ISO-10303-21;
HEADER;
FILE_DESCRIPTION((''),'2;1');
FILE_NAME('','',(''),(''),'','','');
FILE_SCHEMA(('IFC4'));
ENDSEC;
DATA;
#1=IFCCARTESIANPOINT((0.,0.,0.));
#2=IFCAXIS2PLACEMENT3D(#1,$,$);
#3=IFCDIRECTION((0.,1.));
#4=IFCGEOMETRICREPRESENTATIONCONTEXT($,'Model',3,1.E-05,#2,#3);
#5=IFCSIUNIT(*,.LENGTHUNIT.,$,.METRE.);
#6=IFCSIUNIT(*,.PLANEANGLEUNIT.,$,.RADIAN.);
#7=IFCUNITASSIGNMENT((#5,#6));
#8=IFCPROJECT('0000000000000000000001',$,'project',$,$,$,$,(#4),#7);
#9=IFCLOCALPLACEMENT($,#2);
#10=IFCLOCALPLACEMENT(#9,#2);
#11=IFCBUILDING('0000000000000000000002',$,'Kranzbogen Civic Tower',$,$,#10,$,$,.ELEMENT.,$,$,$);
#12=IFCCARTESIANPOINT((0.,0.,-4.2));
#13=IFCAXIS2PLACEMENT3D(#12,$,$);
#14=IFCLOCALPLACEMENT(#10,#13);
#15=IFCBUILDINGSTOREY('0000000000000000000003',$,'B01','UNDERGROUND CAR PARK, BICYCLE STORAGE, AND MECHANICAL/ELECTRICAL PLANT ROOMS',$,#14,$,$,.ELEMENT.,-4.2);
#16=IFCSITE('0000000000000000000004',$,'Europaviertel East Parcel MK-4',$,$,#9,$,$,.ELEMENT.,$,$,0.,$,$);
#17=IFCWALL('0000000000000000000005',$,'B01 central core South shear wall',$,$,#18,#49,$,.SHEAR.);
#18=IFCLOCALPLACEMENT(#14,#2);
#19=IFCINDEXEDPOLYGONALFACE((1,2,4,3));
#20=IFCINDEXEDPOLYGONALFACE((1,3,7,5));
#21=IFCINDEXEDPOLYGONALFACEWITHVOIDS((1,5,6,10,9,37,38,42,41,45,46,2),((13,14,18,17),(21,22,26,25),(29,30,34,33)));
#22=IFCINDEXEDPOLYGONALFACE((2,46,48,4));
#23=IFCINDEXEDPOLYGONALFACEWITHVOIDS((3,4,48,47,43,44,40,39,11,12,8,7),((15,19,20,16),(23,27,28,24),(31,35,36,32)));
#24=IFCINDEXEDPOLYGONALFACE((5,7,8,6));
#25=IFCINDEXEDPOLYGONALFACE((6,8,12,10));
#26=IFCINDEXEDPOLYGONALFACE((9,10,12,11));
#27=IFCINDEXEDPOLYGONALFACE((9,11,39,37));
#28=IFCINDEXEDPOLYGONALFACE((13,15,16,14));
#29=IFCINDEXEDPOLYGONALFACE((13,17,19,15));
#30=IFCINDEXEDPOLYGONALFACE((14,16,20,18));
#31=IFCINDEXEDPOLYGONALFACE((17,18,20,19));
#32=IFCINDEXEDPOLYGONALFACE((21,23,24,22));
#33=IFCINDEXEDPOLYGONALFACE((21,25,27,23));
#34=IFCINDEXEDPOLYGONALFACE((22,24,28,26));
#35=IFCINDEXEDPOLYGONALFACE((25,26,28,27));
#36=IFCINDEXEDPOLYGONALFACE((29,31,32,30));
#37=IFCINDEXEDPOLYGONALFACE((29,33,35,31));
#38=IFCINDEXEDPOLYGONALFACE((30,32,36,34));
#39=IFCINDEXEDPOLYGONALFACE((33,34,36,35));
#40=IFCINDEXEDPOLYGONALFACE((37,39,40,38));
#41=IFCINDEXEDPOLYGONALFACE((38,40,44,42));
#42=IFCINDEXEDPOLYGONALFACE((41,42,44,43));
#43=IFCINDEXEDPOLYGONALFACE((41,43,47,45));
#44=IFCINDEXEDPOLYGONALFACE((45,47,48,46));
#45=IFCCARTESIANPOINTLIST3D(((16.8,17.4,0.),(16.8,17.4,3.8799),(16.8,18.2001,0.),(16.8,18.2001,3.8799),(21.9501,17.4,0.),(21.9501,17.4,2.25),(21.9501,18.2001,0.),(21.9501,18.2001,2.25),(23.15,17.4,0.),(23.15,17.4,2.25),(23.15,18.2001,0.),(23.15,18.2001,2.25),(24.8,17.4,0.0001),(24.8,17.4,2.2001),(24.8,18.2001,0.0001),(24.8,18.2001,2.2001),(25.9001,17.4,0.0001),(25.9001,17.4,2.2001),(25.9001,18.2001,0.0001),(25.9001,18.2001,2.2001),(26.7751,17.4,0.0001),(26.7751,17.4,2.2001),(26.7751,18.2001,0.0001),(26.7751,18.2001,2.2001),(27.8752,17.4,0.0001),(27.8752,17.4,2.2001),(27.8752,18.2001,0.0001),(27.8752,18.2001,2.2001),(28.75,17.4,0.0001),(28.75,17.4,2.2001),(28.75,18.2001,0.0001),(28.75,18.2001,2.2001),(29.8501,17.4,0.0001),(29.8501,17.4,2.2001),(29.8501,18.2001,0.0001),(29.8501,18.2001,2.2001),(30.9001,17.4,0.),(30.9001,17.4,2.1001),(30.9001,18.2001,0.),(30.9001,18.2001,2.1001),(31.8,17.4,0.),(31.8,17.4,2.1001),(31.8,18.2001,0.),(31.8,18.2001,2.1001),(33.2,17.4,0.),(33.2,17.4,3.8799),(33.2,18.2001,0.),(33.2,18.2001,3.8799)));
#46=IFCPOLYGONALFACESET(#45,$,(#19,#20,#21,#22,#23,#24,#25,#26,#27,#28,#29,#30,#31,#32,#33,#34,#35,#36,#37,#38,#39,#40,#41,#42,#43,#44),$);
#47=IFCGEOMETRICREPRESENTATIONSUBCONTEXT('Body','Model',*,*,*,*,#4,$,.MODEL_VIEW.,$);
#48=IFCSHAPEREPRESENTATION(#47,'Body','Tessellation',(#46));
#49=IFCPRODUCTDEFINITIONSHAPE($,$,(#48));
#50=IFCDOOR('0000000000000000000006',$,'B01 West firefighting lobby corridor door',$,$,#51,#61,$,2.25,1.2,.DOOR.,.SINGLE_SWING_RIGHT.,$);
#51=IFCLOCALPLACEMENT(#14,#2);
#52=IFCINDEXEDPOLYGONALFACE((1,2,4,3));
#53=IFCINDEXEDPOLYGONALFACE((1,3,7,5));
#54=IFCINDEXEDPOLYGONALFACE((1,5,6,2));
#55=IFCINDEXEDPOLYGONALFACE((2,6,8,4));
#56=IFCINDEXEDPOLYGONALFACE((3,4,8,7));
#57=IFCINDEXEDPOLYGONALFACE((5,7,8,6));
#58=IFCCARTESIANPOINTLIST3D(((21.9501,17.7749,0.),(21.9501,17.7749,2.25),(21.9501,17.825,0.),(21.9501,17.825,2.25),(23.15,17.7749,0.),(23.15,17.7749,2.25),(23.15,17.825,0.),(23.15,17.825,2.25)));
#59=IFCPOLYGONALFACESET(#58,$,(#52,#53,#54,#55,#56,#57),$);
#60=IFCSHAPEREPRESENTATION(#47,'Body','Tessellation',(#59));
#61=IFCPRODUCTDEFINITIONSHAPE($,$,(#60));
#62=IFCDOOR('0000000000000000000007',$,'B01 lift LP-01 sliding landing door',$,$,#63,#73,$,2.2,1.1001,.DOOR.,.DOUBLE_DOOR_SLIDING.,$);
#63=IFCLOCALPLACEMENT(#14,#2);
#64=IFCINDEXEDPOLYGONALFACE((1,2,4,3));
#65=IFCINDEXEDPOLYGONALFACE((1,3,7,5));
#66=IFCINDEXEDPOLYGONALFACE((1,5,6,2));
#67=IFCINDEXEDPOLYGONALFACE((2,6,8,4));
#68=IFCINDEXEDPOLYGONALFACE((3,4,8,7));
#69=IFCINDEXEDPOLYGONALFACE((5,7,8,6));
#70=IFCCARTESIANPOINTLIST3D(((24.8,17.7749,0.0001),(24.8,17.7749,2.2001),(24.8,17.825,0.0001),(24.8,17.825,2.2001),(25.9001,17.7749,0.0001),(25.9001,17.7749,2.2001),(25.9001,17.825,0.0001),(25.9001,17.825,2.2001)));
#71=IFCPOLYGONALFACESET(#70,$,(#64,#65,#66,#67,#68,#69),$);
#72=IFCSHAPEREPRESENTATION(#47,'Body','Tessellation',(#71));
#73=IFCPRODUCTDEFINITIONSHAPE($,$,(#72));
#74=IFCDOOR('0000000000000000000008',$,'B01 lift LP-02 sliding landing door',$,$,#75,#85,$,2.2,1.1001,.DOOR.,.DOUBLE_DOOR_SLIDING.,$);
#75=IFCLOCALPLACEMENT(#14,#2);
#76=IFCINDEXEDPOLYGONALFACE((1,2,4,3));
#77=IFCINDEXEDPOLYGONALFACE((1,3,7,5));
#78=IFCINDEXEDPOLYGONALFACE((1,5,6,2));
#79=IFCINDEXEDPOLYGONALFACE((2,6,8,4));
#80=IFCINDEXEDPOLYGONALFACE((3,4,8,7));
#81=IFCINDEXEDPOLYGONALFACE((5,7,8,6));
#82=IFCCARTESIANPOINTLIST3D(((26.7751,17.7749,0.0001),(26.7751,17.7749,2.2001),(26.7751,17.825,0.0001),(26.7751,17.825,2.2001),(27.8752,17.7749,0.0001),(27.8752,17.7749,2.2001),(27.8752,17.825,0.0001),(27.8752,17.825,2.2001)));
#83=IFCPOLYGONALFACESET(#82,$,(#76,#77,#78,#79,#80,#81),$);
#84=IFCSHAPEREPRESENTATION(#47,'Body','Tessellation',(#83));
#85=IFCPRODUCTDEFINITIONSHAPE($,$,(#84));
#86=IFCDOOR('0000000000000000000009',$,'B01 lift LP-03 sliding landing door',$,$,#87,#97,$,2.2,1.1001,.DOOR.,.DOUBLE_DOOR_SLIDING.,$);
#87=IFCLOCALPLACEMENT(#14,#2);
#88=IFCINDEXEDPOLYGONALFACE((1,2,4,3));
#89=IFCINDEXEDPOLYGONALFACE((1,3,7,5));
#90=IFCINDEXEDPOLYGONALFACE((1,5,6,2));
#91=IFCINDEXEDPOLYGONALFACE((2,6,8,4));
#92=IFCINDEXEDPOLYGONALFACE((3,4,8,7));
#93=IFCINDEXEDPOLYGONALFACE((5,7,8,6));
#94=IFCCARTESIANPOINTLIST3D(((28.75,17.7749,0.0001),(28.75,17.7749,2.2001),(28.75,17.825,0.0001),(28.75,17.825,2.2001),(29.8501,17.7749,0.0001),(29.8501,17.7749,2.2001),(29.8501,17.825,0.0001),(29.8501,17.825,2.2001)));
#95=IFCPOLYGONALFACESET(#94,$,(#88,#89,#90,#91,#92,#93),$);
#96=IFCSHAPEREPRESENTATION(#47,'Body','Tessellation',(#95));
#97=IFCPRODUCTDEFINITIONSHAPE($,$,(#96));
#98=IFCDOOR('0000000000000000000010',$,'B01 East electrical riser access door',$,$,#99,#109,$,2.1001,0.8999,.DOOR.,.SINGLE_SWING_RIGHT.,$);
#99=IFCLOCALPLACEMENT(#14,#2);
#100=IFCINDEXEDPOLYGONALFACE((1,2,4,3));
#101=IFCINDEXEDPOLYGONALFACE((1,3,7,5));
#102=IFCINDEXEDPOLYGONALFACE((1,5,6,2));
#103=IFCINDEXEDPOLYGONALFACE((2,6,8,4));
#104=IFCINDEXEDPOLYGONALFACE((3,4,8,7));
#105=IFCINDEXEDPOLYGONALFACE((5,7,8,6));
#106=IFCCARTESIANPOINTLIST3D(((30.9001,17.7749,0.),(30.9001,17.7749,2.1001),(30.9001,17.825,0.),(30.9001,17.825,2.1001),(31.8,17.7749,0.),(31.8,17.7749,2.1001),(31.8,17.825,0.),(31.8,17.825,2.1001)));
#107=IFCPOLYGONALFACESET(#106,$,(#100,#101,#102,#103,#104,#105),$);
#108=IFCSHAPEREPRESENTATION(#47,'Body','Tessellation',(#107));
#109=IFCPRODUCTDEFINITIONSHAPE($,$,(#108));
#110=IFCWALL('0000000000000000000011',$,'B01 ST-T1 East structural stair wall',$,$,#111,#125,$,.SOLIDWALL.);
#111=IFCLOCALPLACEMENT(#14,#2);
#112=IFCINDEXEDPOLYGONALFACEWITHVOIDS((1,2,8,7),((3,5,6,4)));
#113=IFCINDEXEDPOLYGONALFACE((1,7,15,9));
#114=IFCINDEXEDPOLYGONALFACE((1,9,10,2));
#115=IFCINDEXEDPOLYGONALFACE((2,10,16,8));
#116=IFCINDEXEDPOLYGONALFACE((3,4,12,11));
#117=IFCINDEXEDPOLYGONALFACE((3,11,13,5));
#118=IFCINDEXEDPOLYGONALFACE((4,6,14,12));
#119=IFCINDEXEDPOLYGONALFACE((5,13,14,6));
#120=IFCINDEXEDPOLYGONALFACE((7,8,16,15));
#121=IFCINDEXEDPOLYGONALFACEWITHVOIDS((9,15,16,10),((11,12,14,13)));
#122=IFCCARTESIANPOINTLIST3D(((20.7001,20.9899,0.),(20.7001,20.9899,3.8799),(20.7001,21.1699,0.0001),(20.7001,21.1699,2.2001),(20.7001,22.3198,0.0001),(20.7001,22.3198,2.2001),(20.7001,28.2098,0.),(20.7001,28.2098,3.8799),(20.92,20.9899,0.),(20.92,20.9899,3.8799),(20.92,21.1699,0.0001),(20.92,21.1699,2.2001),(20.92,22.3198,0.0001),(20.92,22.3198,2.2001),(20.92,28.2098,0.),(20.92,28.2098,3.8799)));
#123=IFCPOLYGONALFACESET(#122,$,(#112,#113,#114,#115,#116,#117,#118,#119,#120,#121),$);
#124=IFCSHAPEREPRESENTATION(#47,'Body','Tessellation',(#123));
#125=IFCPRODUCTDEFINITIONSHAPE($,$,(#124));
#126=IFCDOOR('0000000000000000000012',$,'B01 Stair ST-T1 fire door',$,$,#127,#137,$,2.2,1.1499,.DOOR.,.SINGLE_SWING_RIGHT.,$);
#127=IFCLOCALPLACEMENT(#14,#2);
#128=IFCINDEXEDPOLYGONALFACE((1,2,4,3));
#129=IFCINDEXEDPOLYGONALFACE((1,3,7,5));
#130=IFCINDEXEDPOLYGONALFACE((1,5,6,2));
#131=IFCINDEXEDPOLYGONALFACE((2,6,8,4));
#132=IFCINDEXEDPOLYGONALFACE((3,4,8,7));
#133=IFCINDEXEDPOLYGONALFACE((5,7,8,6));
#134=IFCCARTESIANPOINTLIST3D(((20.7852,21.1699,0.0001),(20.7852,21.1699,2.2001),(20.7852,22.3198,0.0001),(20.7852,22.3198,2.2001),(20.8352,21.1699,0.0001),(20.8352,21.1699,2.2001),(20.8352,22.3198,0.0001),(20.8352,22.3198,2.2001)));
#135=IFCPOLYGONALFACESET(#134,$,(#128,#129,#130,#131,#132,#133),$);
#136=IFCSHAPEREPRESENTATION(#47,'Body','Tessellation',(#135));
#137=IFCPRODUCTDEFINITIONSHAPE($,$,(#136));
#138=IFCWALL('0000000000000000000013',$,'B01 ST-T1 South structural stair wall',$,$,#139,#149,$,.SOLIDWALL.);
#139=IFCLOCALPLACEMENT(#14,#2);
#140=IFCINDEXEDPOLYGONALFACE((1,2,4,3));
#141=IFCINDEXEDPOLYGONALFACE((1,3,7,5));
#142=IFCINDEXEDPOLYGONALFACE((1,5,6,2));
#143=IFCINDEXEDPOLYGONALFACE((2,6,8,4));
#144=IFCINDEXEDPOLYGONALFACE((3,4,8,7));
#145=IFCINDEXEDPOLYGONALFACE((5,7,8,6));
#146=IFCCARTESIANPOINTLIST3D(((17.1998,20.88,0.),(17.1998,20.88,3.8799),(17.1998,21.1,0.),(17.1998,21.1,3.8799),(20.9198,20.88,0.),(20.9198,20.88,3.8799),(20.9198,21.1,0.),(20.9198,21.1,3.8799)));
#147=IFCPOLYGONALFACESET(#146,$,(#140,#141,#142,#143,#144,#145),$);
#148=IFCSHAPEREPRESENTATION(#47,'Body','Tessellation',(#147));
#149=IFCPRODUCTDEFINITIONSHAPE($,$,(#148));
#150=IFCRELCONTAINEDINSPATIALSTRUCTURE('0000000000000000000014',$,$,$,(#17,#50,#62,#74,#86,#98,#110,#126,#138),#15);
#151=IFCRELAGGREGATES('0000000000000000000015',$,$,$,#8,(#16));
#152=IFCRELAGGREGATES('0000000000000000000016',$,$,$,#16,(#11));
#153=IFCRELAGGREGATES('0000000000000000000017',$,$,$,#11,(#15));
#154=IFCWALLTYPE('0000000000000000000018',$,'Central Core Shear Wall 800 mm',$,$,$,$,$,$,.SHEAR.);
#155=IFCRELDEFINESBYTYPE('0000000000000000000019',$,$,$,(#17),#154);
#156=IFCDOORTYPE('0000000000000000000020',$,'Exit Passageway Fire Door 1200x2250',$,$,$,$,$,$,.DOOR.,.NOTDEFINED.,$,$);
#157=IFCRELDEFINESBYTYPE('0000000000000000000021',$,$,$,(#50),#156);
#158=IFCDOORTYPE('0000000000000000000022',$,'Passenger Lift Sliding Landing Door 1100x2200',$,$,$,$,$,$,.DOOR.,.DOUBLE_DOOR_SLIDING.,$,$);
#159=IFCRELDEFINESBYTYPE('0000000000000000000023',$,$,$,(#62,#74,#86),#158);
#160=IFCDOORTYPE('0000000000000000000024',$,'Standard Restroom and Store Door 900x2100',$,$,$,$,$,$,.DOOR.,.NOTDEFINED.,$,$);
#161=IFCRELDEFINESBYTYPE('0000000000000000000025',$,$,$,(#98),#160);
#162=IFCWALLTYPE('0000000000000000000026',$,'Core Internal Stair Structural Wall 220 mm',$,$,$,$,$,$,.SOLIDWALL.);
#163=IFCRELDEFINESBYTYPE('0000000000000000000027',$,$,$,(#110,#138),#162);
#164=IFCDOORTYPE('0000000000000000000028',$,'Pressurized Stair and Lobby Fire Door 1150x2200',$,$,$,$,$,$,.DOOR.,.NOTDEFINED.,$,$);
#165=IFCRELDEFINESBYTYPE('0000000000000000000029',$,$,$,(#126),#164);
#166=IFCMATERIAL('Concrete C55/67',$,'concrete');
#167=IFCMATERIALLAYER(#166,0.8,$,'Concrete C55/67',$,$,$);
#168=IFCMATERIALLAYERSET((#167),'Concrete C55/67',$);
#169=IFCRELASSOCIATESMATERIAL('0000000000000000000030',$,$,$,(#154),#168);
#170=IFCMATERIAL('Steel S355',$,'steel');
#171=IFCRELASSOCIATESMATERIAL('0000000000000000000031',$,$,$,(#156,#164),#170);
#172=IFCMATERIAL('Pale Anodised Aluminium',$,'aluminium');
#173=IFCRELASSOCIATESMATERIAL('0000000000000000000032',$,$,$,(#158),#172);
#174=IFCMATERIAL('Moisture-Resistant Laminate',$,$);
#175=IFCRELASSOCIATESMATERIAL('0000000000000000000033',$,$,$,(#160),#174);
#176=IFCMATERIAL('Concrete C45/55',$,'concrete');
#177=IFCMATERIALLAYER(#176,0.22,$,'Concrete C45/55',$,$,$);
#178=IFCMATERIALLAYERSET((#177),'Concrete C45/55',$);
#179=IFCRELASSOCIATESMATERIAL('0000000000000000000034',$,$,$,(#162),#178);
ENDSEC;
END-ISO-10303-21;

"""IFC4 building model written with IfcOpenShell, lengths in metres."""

from ifc_helpers import new_model, si_unit, direction, frame, frame_2d, origin, place, context, subcontext, project, spatial, rectangle, extrude, material, layer, layer_set, type_object, element, fill, save


model = new_model("IFC4")

# Units and contexts
model_context = context("Model", 3, precision=1e-05, world=origin(), true_north=direction((0.0, 1.0)))
body_context = subcontext(model_context, "Body", "Model", "MODEL_VIEW")
ifc_project = project(units=[si_unit("LENGTHUNIT", "METRE"), si_unit("PLANEANGLEUNIT", "RADIAN")], contexts=[model_context])

# Site, building, storey
site_placement = place(None, origin())
site = spatial("IfcSite", under=ifc_project, at=site_placement, Name="Europaviertel East Parcel MK-4", CompositionType="ELEMENT", RefElevation=0.0)
building_placement = place(site_placement, origin())
building = spatial("IfcBuilding", under=site, at=building_placement, Name="Kranzbogen Civic Tower", CompositionType="ELEMENT")
storey_placement = place(building_placement, frame((0.0, 0.0, -4.2)))
storey = spatial("IfcBuildingStorey", under=building, at=storey_placement, Name="B01", Description="UNDERGROUND CAR PARK, BICYCLE STORAGE, AND MECHANICAL/ELECTRICAL PLANT ROOMS", CompositionType="ELEMENT", Elevation=-4.2)

# Shared definitions
ifc_material_1 = material(Name="Steel S355", Category="steel")

# Wall, openings, doors
ifc_material_2 = material(Name="Concrete C55/67", Category="concrete")
ifc_layer_1 = layer(ifc_material_2, 0.8, Name="Concrete C55/67")
ifc_layer_set_1 = layer_set([ifc_layer_1], Name="Concrete C55/67")
wall_type_1 = type_object("IfcWallType", Name="Central Core Shear Wall 800 mm", PredefinedType="SHEAR", material=ifc_layer_set_1)
wall_1_placement = place(storey_placement, frame((16.8, 17.8, 0.0), z_axis=(0.0, 0.0, 1.0), x_axis=(1.0, 0.0, 0.0)))
wall_1 = element("IfcWall", 1, at=wall_1_placement, inside=storey, type_object=wall_type_1, Name="B01 central core South shear wall", PredefinedType="SHEAR", context=body_context, shape_type="SweptSolid", body=[
    extrude(rectangle(XDim=16.3999, YDim=0.8, at=frame_2d((8.2, 0.0))), origin(), (0.0, 0.0, 1.0), 3.8799),
])
opening_1_placement = place(wall_1_placement, frame((5.1499, 0.0, 0.0)))
opening_1 = element("IfcOpeningElement", 2, at=opening_1_placement, cuts=wall_1, PredefinedType="OPENING", context=body_context, shape_type="SweptSolid", body=[
    extrude(rectangle(XDim=1.2, YDim=2.25, at=frame_2d((0.6001, 1.125))), frame((0.0, 0.4102, 0.0), z_axis=(0.0, -1.0, 0.0), x_axis=(1.0, 0.0, 0.0)), (0.0, 0.0, 1.0), 0.8201),
])
opening_2_placement = place(wall_1_placement, frame((14.1001, 0.0, 0.0)))
opening_2 = element("IfcOpeningElement", 3, at=opening_2_placement, cuts=wall_1, PredefinedType="OPENING", context=body_context, shape_type="SweptSolid", body=[
    extrude(rectangle(XDim=0.8999, YDim=2.1001, at=frame_2d((0.45, 1.05))), frame((0.0, 0.4102, 0.0), z_axis=(0.0, -1.0, 0.0), x_axis=(1.0, 0.0, 0.0)), (0.0, 0.0, 1.0), 0.8201),
])
opening_3_placement = place(wall_1_placement, frame((8.0, 0.0, 0.0)))
opening_3 = element("IfcOpeningElement", 4, at=opening_3_placement, cuts=wall_1, PredefinedType="OPENING", context=body_context, shape_type="SweptSolid", body=[
    extrude(rectangle(XDim=1.1001, YDim=2.2, at=frame_2d((0.55, 1.1001))), frame((0.0, 0.4102, 0.0), z_axis=(0.0, -1.0, 0.0), x_axis=(1.0, 0.0, 0.0)), (0.0, 0.0, 1.0), 0.8201),
])
opening_4_placement = place(wall_1_placement, frame((9.9751, 0.0, 0.0)))
opening_4 = element("IfcOpeningElement", 5, at=opening_4_placement, cuts=wall_1, PredefinedType="OPENING", context=body_context, shape_type="SweptSolid", body=[
    extrude(rectangle(XDim=1.1001, YDim=2.2, at=frame_2d((0.55, 1.1001))), frame((0.0, 0.4102, 0.0), z_axis=(0.0, -1.0, 0.0), x_axis=(1.0, 0.0, 0.0)), (0.0, 0.0, 1.0), 0.8201),
])
opening_5_placement = place(wall_1_placement, frame((11.95, 0.0, 0.0)))
opening_5 = element("IfcOpeningElement", 6, at=opening_5_placement, cuts=wall_1, PredefinedType="OPENING", context=body_context, shape_type="SweptSolid", body=[
    extrude(rectangle(XDim=1.1001, YDim=2.2, at=frame_2d((0.55, 1.1001))), frame((0.0, 0.4102, 0.0), z_axis=(0.0, -1.0, 0.0), x_axis=(1.0, 0.0, 0.0)), (0.0, 0.0, 1.0), 0.8201),
])
door_type_1 = type_object("IfcDoorType", Name="Exit Passageway Fire Door 1200x2250", OperationType="NOTDEFINED", PredefinedType="DOOR", material=ifc_material_1)
door_1_placement = place(opening_1_placement, origin())
door_1 = element("IfcDoor", 7, at=door_1_placement, inside=storey, type_object=door_type_1, Name="B01 West firefighting lobby corridor door", OperationType="SINGLE_SWING_RIGHT", OverallHeight=2.25, OverallWidth=1.2, PredefinedType="DOOR", context=body_context, shape_type="SweptSolid", body=[
    extrude(rectangle(XDim=1.2, YDim=2.25, at=frame_2d((0.6001, 1.125))), frame((0.0, 0.0249, 0.0), z_axis=(0.0, -1.0, 0.0), x_axis=(1.0, 0.0, 0.0)), (0.0, 0.0, 1.0), 0.05),
])
fill(opening_1, door_1)
ifc_material_3 = material(Name="Pale Anodised Aluminium", Category="aluminium")
door_type_2 = type_object("IfcDoorType", Name="Passenger Lift Sliding Landing Door 1100x2200", OperationType="DOUBLE_DOOR_SLIDING", PredefinedType="DOOR", material=ifc_material_3)
door_2_placement = place(opening_3_placement, origin())
door_2 = element("IfcDoor", 8, at=door_2_placement, inside=storey, type_object=door_type_2, Name="B01 lift LP-01 sliding landing door", OperationType="DOUBLE_DOOR_SLIDING", OverallHeight=2.2, OverallWidth=1.1001, PredefinedType="DOOR", context=body_context, shape_type="SweptSolid", body=[
    extrude(rectangle(XDim=1.1001, YDim=2.2, at=frame_2d((0.55, 1.1001))), frame((0.0, 0.0249, 0.0), z_axis=(0.0, -1.0, 0.0), x_axis=(1.0, 0.0, 0.0)), (0.0, 0.0, 1.0), 0.05),
])
fill(opening_3, door_2)
door_3_placement = place(opening_4_placement, origin())
door_3 = element("IfcDoor", 9, at=door_3_placement, inside=storey, type_object=door_type_2, Name="B01 lift LP-02 sliding landing door", OperationType="DOUBLE_DOOR_SLIDING", OverallHeight=2.2, OverallWidth=1.1001, PredefinedType="DOOR", context=body_context, shape_type="SweptSolid", body=[
    extrude(rectangle(XDim=1.1001, YDim=2.2, at=frame_2d((0.55, 1.1001))), frame((0.0, 0.0249, 0.0), z_axis=(0.0, -1.0, 0.0), x_axis=(1.0, 0.0, 0.0)), (0.0, 0.0, 1.0), 0.05),
])
fill(opening_4, door_3)
door_4_placement = place(opening_5_placement, origin())
door_4 = element("IfcDoor", 10, at=door_4_placement, inside=storey, type_object=door_type_2, Name="B01 lift LP-03 sliding landing door", OperationType="DOUBLE_DOOR_SLIDING", OverallHeight=2.2, OverallWidth=1.1001, PredefinedType="DOOR", context=body_context, shape_type="SweptSolid", body=[
    extrude(rectangle(XDim=1.1001, YDim=2.2, at=frame_2d((0.55, 1.1001))), frame((0.0, 0.0249, 0.0), z_axis=(0.0, -1.0, 0.0), x_axis=(1.0, 0.0, 0.0)), (0.0, 0.0, 1.0), 0.05),
])
fill(opening_5, door_4)
ifc_material_4 = material(Name="Moisture-Resistant Laminate")
door_type_3 = type_object("IfcDoorType", Name="Standard Restroom and Store Door 900x2100", OperationType="NOTDEFINED", PredefinedType="DOOR", material=ifc_material_4)
door_5_placement = place(opening_2_placement, origin())
door_5 = element("IfcDoor", 11, at=door_5_placement, inside=storey, type_object=door_type_3, Name="B01 East electrical riser access door", OperationType="SINGLE_SWING_RIGHT", OverallHeight=2.1001, OverallWidth=0.8999, PredefinedType="DOOR", context=body_context, shape_type="SweptSolid", body=[
    extrude(rectangle(XDim=0.8999, YDim=2.1001, at=frame_2d((0.45, 1.05))), frame((0.0, 0.0249, 0.0), z_axis=(0.0, -1.0, 0.0), x_axis=(1.0, 0.0, 0.0)), (0.0, 0.0, 1.0), 0.05),
])
fill(opening_2, door_5)

# Wall, opening, door
ifc_material_5 = material(Name="Concrete C45/55", Category="concrete")
ifc_layer_2 = layer(ifc_material_5, 0.22, Name="Concrete C45/55")
ifc_layer_set_2 = layer_set([ifc_layer_2], Name="Concrete C45/55")
wall_type_2 = type_object("IfcWallType", Name="Core Internal Stair Structural Wall 220 mm", PredefinedType="SOLIDWALL", material=ifc_layer_set_2)
wall_2_placement = place(storey_placement, frame((20.8101, 20.99, 0.0), z_axis=(0.0, 0.0, 1.0), x_axis=(0.0, 1.0, 0.0)))
wall_2 = element("IfcWall", 12, at=wall_2_placement, inside=storey, type_object=wall_type_2, Name="B01 ST-T1 East structural stair wall", PredefinedType="SOLIDWALL", context=body_context, shape_type="SweptSolid", body=[
    extrude(rectangle(XDim=7.22, YDim=0.22, at=frame_2d((3.6099, 0.0))), origin(), (0.0, 0.0, 1.0), 3.8799),
])
opening_6_placement = place(wall_2_placement, frame((0.1799, 0.0, 0.0)))
opening_6 = element("IfcOpeningElement", 13, at=opening_6_placement, cuts=wall_2, PredefinedType="OPENING", context=body_context, shape_type="SweptSolid", body=[
    extrude(rectangle(XDim=1.1499, YDim=2.2, at=frame_2d((0.575, 1.1001))), frame((0.0, 0.1201, 0.0), z_axis=(0.0, -1.0, 0.0), x_axis=(1.0, 0.0, 0.0)), (0.0, 0.0, 1.0), 0.24),
])
door_type_4 = type_object("IfcDoorType", Name="Pressurized Stair and Lobby Fire Door 1150x2200", OperationType="NOTDEFINED", PredefinedType="DOOR", material=ifc_material_1)
door_6_placement = place(opening_6_placement, origin())
door_6 = element("IfcDoor", 14, at=door_6_placement, inside=storey, type_object=door_type_4, Name="B01 Stair ST-T1 fire door", OperationType="SINGLE_SWING_RIGHT", OverallHeight=2.2, OverallWidth=1.1499, PredefinedType="DOOR", context=body_context, shape_type="SweptSolid", body=[
    extrude(rectangle(XDim=1.1499, YDim=2.2, at=frame_2d((0.575, 1.1001))), frame((0.0, 0.0249, 0.0), z_axis=(0.0, -1.0, 0.0), x_axis=(1.0, 0.0, 0.0)), (0.0, 0.0, 1.0), 0.05),
])
fill(opening_6, door_6)

# Wall
wall_3_placement = place(storey_placement, frame((17.2, 20.99, 0.0), z_axis=(0.0, 0.0, 1.0), x_axis=(1.0, 0.0, 0.0)))
element("IfcWall", 15, at=wall_3_placement, inside=storey, type_object=wall_type_2, Name="B01 ST-T1 South structural stair wall", PredefinedType="SOLIDWALL", context=body_context, shape_type="SweptSolid", body=[
    extrude(rectangle(XDim=3.72, YDim=0.22, at=frame_2d((1.8599, 0.0))), origin(), (0.0, 0.0, 1.0), 3.8799),
])

save(model, "model.ifc")
